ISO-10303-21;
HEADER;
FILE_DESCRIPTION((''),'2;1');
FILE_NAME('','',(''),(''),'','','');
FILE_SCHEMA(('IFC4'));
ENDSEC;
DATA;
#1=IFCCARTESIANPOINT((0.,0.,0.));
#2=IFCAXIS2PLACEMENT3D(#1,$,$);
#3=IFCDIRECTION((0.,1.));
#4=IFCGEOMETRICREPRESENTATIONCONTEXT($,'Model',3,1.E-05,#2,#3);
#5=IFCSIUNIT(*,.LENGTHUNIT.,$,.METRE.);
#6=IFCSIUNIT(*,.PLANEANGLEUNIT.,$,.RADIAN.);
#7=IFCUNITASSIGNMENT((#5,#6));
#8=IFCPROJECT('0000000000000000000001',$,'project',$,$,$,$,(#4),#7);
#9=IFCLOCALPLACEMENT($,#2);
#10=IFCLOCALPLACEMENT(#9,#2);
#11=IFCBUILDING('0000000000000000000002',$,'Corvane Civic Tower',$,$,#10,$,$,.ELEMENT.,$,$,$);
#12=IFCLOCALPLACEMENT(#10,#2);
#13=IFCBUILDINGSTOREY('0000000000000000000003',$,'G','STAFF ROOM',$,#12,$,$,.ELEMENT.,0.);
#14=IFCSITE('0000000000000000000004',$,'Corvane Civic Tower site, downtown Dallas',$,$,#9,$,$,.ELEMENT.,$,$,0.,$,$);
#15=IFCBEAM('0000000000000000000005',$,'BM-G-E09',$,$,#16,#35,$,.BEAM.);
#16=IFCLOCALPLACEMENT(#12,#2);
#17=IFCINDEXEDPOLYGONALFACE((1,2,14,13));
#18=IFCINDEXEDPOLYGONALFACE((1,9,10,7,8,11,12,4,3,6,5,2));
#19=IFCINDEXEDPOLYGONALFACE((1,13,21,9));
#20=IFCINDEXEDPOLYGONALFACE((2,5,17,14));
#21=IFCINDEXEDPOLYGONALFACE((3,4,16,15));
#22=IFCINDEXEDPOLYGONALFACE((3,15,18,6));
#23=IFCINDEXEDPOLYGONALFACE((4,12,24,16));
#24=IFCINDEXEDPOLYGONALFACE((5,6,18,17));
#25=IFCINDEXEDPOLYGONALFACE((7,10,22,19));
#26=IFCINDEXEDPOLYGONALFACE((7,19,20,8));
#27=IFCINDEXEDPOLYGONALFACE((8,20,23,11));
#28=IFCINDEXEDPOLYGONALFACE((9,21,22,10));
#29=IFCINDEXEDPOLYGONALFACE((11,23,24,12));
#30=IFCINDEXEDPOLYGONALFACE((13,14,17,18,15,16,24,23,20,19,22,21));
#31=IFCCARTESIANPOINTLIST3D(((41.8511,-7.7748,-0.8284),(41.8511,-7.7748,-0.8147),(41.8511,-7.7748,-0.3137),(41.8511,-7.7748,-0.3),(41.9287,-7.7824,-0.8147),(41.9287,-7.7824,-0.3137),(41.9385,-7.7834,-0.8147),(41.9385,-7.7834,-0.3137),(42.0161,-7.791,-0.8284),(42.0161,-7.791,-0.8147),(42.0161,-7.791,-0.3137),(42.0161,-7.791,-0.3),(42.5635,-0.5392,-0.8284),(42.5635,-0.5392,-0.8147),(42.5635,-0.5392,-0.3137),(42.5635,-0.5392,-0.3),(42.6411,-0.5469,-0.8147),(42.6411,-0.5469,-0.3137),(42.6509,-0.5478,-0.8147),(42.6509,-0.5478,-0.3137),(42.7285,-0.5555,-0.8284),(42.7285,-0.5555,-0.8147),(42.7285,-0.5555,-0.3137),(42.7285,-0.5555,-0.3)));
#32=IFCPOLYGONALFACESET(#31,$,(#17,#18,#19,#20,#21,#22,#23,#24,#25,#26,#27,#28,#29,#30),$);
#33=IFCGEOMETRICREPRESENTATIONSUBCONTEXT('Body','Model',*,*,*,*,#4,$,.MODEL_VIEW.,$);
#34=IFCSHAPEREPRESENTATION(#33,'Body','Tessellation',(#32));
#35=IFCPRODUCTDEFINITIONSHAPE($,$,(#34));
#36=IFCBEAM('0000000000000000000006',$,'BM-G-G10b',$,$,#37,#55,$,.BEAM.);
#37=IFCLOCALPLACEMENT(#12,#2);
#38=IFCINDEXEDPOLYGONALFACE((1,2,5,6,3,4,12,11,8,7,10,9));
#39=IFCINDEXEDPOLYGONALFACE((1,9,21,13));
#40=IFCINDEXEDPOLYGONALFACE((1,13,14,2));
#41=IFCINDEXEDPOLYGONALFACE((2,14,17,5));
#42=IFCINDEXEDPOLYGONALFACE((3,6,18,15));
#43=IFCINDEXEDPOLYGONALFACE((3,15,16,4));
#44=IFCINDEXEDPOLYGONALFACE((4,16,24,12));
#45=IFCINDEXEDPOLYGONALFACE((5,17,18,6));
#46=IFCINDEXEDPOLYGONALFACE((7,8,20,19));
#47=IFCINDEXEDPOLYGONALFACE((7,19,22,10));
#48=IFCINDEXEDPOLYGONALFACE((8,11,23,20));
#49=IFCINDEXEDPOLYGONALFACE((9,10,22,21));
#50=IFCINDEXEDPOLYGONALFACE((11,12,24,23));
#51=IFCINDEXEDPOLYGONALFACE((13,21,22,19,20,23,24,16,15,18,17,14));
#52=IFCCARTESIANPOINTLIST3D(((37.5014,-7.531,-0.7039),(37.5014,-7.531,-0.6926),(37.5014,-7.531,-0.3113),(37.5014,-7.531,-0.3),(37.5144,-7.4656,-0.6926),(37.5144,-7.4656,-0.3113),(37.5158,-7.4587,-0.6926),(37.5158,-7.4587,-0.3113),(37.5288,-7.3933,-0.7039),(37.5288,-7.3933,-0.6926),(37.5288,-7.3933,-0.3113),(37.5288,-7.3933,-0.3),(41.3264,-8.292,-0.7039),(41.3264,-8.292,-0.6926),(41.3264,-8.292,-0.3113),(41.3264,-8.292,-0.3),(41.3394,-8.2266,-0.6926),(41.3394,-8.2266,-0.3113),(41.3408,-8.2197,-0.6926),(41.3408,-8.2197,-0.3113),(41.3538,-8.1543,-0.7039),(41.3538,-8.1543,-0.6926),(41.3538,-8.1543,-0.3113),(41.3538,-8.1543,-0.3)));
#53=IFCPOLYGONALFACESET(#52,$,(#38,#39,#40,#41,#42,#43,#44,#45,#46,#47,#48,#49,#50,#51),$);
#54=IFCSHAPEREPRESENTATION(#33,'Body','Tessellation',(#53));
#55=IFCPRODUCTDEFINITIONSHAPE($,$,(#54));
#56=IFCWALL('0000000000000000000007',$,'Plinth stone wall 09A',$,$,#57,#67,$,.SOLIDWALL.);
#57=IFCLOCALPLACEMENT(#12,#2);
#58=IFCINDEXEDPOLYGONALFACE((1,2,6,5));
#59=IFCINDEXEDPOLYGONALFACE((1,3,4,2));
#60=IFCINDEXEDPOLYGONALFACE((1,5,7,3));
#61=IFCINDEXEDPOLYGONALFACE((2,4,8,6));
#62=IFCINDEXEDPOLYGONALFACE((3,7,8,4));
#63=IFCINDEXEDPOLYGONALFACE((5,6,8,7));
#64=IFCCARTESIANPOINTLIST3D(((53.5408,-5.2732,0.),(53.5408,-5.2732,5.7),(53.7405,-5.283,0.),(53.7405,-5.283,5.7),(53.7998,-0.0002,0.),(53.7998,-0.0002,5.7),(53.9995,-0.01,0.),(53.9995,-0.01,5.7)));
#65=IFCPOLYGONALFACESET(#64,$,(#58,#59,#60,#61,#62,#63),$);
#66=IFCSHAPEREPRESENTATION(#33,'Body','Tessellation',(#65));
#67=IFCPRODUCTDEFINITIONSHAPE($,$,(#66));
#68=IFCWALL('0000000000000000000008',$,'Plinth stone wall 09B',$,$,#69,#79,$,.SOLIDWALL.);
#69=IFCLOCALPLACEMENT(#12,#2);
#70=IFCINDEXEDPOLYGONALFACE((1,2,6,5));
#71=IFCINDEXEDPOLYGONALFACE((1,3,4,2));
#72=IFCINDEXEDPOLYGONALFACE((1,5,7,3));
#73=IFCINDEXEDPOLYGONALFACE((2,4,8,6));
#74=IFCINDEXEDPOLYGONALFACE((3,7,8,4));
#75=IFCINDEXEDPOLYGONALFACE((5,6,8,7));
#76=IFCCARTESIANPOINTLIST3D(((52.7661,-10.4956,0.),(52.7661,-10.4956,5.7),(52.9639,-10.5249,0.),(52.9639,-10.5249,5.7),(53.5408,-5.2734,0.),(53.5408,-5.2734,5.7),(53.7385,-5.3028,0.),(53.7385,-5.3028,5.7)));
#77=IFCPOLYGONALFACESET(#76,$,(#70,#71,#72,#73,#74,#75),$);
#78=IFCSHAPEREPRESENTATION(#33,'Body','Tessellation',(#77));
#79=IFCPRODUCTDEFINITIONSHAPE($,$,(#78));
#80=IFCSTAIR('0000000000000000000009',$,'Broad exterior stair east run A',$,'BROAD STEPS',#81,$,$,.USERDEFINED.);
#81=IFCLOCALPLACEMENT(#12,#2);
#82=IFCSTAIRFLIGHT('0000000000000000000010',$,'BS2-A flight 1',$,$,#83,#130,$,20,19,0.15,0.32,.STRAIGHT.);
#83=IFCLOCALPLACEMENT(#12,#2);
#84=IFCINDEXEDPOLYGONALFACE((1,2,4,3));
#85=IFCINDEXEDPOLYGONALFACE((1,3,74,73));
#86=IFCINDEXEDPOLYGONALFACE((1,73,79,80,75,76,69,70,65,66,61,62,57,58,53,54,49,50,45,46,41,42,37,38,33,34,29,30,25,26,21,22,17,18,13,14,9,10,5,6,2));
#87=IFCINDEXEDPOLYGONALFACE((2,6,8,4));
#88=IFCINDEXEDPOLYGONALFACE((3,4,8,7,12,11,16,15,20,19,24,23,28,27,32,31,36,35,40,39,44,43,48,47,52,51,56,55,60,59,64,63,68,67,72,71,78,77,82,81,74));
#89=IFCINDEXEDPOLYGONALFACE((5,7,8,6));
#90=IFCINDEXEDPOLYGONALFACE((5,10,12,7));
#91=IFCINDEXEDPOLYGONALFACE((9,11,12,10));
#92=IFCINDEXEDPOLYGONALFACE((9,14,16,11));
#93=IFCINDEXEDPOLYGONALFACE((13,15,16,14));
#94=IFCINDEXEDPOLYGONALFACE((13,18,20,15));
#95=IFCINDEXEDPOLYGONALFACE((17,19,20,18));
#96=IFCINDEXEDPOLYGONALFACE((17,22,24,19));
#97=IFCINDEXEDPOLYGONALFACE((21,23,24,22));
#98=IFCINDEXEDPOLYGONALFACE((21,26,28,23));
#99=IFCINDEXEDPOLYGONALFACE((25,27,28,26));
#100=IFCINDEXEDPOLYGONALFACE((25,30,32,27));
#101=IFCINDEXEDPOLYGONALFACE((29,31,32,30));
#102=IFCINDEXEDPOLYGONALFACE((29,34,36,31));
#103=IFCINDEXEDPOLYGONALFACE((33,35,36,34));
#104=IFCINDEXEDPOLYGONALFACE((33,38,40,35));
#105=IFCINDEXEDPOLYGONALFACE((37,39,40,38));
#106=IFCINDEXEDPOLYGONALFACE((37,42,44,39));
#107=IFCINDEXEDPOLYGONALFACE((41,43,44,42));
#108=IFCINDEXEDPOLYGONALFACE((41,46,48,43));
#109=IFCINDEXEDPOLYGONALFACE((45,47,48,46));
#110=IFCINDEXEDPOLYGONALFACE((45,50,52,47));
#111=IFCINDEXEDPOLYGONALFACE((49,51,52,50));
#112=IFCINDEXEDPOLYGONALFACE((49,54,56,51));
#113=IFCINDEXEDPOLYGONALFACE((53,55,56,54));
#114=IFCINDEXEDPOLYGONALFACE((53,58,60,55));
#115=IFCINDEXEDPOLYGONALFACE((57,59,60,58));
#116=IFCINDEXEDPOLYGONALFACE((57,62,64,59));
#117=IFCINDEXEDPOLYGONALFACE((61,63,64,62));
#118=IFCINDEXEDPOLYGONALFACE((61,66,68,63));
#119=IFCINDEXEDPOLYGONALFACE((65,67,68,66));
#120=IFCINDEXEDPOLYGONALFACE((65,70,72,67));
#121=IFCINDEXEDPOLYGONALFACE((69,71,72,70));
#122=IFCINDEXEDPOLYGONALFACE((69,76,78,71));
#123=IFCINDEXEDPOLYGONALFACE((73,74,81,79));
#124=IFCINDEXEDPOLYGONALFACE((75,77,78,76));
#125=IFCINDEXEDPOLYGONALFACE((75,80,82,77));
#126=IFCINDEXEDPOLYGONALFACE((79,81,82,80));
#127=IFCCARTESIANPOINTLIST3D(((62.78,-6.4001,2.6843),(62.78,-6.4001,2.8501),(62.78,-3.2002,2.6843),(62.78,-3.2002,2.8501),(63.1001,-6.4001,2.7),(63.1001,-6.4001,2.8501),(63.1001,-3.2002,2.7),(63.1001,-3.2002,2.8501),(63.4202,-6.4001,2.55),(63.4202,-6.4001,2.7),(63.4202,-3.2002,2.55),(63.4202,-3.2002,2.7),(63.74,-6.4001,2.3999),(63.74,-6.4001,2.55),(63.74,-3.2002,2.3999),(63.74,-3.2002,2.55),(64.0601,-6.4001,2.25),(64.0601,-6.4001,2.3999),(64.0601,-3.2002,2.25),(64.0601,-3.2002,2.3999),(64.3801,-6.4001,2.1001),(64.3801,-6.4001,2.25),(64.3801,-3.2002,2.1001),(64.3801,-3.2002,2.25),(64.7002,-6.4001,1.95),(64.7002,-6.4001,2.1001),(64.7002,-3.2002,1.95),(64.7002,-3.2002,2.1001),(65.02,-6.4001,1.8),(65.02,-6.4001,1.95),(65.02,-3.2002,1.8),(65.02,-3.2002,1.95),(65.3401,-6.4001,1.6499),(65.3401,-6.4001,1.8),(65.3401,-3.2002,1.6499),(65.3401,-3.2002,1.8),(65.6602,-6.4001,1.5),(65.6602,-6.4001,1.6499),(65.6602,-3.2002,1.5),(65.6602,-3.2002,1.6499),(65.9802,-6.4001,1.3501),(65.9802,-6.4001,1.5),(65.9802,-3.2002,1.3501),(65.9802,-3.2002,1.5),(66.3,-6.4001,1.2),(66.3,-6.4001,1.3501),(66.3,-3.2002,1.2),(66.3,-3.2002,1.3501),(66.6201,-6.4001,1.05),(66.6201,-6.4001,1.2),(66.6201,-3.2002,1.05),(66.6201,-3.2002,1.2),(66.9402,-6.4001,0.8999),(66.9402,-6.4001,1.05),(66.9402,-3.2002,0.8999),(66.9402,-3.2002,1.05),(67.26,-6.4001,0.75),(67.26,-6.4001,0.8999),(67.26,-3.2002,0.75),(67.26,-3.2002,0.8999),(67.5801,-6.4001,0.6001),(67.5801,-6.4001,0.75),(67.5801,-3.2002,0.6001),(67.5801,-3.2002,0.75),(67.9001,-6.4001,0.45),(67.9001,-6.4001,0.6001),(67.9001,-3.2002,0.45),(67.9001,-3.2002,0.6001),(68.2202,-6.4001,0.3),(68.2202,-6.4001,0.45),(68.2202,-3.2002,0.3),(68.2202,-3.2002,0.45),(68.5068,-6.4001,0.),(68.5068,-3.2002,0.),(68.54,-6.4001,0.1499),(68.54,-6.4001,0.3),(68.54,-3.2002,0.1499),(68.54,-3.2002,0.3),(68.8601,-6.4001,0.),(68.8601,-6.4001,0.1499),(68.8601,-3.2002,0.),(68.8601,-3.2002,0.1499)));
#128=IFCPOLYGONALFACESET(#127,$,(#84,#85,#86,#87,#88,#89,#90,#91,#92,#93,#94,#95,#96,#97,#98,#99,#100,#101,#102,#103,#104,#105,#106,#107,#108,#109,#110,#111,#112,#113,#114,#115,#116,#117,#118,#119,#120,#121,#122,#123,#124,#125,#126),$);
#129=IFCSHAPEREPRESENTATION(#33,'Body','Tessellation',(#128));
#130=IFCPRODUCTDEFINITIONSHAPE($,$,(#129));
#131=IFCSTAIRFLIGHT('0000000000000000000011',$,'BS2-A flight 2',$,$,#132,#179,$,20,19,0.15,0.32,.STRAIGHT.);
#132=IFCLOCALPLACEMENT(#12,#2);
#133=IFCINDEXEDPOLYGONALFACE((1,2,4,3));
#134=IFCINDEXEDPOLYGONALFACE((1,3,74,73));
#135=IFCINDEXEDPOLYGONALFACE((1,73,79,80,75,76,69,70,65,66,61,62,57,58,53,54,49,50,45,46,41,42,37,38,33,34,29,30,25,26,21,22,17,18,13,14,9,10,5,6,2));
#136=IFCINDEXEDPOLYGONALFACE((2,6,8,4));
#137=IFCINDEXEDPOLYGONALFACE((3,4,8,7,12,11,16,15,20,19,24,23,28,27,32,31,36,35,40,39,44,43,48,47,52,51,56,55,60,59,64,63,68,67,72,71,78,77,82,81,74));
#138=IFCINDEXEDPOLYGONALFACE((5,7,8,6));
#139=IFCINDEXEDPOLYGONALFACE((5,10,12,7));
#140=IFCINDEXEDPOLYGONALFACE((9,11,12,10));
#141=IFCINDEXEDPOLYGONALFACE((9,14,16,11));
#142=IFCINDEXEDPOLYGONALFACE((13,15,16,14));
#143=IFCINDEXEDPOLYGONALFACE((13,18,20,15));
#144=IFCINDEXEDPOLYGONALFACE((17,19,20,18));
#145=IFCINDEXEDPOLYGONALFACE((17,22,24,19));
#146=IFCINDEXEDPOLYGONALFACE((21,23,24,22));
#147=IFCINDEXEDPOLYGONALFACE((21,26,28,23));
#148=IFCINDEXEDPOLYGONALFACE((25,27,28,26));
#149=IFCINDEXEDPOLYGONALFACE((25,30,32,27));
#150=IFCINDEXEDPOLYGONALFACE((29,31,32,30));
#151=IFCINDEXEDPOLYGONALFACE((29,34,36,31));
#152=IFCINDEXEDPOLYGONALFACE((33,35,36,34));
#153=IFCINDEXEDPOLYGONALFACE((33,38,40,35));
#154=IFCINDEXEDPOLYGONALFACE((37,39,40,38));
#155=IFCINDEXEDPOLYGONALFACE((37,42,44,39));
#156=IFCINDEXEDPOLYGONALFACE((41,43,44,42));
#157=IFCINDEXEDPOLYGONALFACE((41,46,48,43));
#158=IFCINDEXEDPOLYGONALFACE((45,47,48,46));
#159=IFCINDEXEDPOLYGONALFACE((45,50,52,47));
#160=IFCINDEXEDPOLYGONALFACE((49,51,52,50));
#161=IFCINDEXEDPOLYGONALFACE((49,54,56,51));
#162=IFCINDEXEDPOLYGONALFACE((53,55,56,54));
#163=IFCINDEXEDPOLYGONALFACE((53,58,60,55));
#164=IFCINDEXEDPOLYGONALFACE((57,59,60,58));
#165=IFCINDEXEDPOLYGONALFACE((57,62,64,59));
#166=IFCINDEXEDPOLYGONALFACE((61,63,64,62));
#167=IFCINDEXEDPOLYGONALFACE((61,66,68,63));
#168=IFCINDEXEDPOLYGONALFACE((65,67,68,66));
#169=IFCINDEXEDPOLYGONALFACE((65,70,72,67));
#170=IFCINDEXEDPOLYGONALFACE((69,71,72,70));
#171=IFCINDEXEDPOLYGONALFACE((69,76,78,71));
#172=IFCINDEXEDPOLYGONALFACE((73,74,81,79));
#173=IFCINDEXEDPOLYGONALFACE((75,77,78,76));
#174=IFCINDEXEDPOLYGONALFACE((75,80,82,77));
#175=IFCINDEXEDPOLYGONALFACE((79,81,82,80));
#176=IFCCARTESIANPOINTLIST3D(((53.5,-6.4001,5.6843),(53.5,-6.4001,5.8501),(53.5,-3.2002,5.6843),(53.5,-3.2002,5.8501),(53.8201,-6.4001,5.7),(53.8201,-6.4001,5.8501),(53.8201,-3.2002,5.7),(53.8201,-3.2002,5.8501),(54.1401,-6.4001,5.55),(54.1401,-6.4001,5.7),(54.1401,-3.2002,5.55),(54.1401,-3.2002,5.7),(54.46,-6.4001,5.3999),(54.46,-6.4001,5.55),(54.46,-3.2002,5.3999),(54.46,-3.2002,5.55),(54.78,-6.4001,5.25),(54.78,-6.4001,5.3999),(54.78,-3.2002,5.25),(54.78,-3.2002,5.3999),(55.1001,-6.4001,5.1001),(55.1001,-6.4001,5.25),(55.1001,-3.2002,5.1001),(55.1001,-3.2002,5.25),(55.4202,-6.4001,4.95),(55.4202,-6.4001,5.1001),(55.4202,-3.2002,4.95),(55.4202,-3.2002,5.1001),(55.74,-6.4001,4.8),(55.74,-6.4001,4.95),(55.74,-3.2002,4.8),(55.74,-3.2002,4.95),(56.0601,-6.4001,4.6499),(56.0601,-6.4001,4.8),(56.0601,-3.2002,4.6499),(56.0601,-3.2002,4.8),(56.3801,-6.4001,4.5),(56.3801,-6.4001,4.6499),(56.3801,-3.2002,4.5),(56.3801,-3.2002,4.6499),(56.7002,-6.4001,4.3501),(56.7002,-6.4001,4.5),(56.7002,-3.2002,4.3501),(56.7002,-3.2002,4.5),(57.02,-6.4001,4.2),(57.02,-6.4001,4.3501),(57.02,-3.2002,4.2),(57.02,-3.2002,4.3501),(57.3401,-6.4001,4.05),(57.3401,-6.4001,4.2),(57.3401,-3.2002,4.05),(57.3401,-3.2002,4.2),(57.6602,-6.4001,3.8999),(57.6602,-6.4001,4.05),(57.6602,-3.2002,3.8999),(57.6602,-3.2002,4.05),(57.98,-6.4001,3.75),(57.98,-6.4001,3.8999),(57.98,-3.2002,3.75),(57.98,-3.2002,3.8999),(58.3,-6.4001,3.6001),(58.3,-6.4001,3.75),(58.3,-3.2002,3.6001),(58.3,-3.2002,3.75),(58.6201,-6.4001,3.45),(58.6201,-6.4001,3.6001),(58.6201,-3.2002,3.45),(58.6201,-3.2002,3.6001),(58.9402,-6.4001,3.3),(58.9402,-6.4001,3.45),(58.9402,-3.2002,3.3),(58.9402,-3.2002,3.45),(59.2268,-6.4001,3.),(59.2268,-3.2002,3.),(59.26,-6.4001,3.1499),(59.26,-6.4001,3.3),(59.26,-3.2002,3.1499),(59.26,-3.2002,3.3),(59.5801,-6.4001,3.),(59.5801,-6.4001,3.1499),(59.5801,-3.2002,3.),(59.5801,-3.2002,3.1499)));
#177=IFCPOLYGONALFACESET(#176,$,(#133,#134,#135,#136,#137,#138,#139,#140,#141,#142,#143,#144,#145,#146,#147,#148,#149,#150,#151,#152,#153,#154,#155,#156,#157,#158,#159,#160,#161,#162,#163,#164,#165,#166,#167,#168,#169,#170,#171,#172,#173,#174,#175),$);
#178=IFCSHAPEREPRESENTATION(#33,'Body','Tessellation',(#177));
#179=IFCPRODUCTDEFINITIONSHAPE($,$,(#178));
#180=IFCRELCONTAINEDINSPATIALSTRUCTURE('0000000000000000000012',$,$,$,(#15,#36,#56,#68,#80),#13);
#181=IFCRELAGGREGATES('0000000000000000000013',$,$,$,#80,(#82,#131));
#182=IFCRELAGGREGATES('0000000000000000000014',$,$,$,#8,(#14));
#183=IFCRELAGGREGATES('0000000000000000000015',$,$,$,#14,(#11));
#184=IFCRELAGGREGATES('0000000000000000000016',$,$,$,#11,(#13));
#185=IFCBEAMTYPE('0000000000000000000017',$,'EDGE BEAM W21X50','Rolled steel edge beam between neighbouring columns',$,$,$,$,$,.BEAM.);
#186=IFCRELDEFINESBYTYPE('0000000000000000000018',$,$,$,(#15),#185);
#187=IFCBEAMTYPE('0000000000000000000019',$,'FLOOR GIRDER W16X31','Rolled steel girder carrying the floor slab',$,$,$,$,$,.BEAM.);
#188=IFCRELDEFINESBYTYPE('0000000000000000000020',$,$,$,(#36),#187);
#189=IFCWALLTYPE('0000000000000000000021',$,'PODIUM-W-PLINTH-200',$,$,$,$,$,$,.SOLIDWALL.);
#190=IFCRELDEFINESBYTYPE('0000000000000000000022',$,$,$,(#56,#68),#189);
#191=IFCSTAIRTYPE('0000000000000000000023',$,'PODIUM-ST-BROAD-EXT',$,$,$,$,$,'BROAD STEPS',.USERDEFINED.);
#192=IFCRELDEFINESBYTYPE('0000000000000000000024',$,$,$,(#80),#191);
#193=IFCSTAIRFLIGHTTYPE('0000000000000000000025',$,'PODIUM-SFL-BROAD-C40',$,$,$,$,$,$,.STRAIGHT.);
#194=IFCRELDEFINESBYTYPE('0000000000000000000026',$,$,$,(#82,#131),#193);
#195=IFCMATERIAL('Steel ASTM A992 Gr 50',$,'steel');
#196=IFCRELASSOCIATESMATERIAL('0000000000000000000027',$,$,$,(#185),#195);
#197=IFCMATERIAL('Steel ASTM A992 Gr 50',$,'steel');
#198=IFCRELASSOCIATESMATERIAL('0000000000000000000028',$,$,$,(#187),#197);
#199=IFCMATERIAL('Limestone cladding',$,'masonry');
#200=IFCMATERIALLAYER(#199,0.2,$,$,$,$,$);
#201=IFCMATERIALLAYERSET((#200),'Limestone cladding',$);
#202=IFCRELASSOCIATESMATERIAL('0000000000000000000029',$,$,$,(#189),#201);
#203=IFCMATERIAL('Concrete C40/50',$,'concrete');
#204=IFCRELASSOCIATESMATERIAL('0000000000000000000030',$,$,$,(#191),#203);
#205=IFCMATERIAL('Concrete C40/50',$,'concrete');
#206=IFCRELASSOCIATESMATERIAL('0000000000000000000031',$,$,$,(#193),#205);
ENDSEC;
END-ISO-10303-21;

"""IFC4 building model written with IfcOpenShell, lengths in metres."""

from ifc_helpers import new_model, si_unit, direction, frame, frame_2d, origin, origin_2d, place, context, subcontext, project, spatial, polyline, rectangle, i_section, outline, extrude, material, layer, layer_set, material_profile, profile_set, type_object, element, aggregate, save


model = new_model("IFC4")

# Units and contexts
model_context = context("Model", 3, precision=1e-05, world=origin(), true_north=direction((0.0, 1.0)))
body_context = subcontext(model_context, "Body", "Model", "MODEL_VIEW")
ifc_project = project(units=[si_unit("LENGTHUNIT", "METRE"), si_unit("PLANEANGLEUNIT", "RADIAN")], contexts=[model_context])

# Site, building, storey
site_placement = place(None, origin())
site = spatial("IfcSite", under=ifc_project, at=site_placement, Name="Corvane Civic Tower site, downtown Dallas", CompositionType="ELEMENT", RefElevation=0.0)
building_placement = place(site_placement, origin())
building = spatial("IfcBuilding", under=site, at=building_placement, Name="Corvane Civic Tower", CompositionType="ELEMENT")
storey_placement = place(building_placement, origin())
storey = spatial("IfcBuildingStorey", under=building, at=storey_placement, Name="G", Description="STAFF ROOM", CompositionType="ELEMENT", Elevation=0.0)

# Beams
ifc_material_1 = material(Name="Steel ASTM A992 Gr 50", Category="steel")
ifc_material_profile_1 = material_profile(ifc_material_1, i_section(OverallWidth=0.1658, OverallDepth=0.5283, WebThickness=0.0098, FlangeThickness=0.0137, at=origin_2d()), Name="W21X50")
ifc_profile_set_1 = profile_set([ifc_material_profile_1], Name="Steel ASTM A992 Gr 50")
beam_type_1 = type_object("IfcBeamType", Name="EDGE BEAM W21X50", Description="Rolled steel edge beam between neighbouring columns", PredefinedType="BEAM", material=ifc_profile_set_1)
beam_1_placement = place(storey_placement, frame((42.646, -0.5474, -0.5642), z_axis=(-0.097984, -0.995188, 0.0), x_axis=(0.995188, -0.097984, 0.0)))
element("IfcBeam", 1, at=beam_1_placement, inside=storey, type_object=beam_type_1, Name="BM-G-E09", PredefinedType="BEAM", context=body_context, shape_type="SweptSolid", body=[
    extrude(i_section(OverallWidth=0.1658, OverallDepth=0.5283, WebThickness=0.0098, FlangeThickness=0.0137, at=origin_2d()), origin(), (0.0, 0.0, 1.0), 7.2705),
])
ifc_material_2 = material(Name="Steel ASTM A992 Gr 50", Category="steel")
ifc_material_profile_2 = material_profile(ifc_material_2, i_section(OverallWidth=0.1404, OverallDepth=0.4038, WebThickness=0.0071, FlangeThickness=0.0112, at=origin_2d()), Name="W16X31")
ifc_profile_set_2 = profile_set([ifc_material_profile_2], Name="Steel ASTM A992 Gr 50")
beam_type_2 = type_object("IfcBeamType", Name="FLOOR GIRDER W16X31", Description="Rolled steel girder carrying the floor slab", PredefinedType="BEAM", material=ifc_profile_set_2)
beam_2_placement = place(storey_placement, frame((37.5151, -7.4622, -0.502), z_axis=(0.980778, -0.195129, 0.0), x_axis=(0.195129, 0.980778, 0.0)))
element("IfcBeam", 2, at=beam_2_placement, inside=storey, type_object=beam_type_2, Name="BM-G-G10b", PredefinedType="BEAM", context=body_context, shape_type="SweptSolid", body=[
    extrude(i_section(OverallWidth=0.1404, OverallDepth=0.4038, WebThickness=0.0071, FlangeThickness=0.0112, at=origin_2d()), origin(), (0.0, 0.0, 1.0), 3.8999),
])

# Walls
ifc_material_3 = material(Name="Limestone cladding", Category="masonry")
ifc_layer = layer(ifc_material_3, 0.2)
ifc_layer_set = layer_set([ifc_layer], Name="Limestone cladding")
wall_type = type_object("IfcWallType", Name="PODIUM-W-PLINTH-200", PredefinedType="SOLIDWALL", material=ifc_layer_set)
for number, where, z_axis, x_axis, name in (
    (3, (53.8997, -0.0051, 0.0), (0.0, 0.0, 1.0), (-0.049066, -0.998796, 0.0), "Plinth stone wall 09A"),
    (4, (53.6396, -5.2881, 0.0), (0.0, 0.0, 1.0), (-0.146735, -0.989176, 0.0), "Plinth stone wall 09B"),
):
    element("IfcWall", number, at=place(storey_placement, frame(where, z_axis=z_axis, x_axis=x_axis)), inside=storey, type_object=wall_type, Name=name, PredefinedType="SOLIDWALL", context=body_context, shape_type="SweptSolid", body=[
        extrude(rectangle(XDim=5.2793, YDim=0.2, at=frame_2d((2.6396, 0.0))), origin(), (0.0, 0.0, 1.0), 5.7),
    ])

# Stair, stair flights
ifc_material_4 = material(Name="Concrete C40/50", Category="concrete")
stair_type = type_object("IfcStairType", Name="PODIUM-ST-BROAD-EXT", ElementType="BROAD STEPS", PredefinedType="USERDEFINED", material=ifc_material_4)
stair_1_placement = place(storey_placement, origin())
stair_1 = element("IfcStair", 5, at=stair_1_placement, inside=storey, type_object=stair_type, Name="Broad exterior stair east run A", ObjectType="BROAD STEPS", PredefinedType="USERDEFINED")
ifc_material_5 = material(Name="Concrete C40/50", Category="concrete")
stair_flight_type = type_object("IfcStairFlightType", Name="PODIUM-SFL-BROAD-C40", PredefinedType="STRAIGHT", material=ifc_material_5)
stair_flight_1_placement = place(storey_placement, frame((68.8601, -4.8, 0.0), z_axis=(0.0, 0.0, 1.0), x_axis=(-1.0, 0.0, 0.0)))
stair_flight_1 = element("IfcStairFlight", 6, at=stair_flight_1_placement, type_object=stair_flight_type, Name="BS2-A flight 1", NumberOfRisers=20, NumberOfTreads=19, PredefinedType="STRAIGHT", RiserHeight=0.15, TreadLength=0.32, context=body_context, shape_type="SweptSolid", body=[
    extrude(outline(polyline([(0.0, 0.0), (0.0, 0.1499), (0.3201, 0.1499), (0.3201, 0.3), (0.6399, 0.3), (0.6399, 0.45), (0.96, 0.45), (0.96, 0.6001), (1.28, 0.6001), (1.28, 0.75), (1.6001, 0.75), (1.6001, 0.8999), (1.9199, 0.8999), (1.9199, 1.05), (2.24, 1.05), (2.24, 1.2), (2.5601, 1.2), (2.5601, 1.3501), (2.8799, 1.3501), (2.8799, 1.5), (3.2, 1.5), (3.2, 1.6499), (3.52, 1.6499), (3.52, 1.8), (3.8401, 1.8), (3.8401, 1.95), (4.1599, 1.95), (4.1599, 2.1001), (4.48, 2.1001), (4.48, 2.25), (4.8, 2.25), (4.8, 2.3999), (5.1201, 2.3999), (5.1201, 2.55), (5.4399, 2.55), (5.4399, 2.7), (5.76, 2.7), (5.76, 2.8501), (6.0801, 2.8501), (6.0801, 3.0), (6.0801, 2.6843), (0.3533, 0.0), (0.0, 0.0)])), frame((0.0, 1.6001, 0.0), z_axis=(0.0, -1.0, 0.0), x_axis=(1.0, 0.0, 0.0)), (0.0, 0.0, 1.0), 3.2),
])
stair_flight_2_placement = place(storey_placement, frame((59.5801, -4.8, 3.0), z_axis=(0.0, 0.0, 1.0), x_axis=(-1.0, 0.0, 0.0)))
stair_flight_2 = element("IfcStairFlight", 7, at=stair_flight_2_placement, type_object=stair_flight_type, Name="BS2-A flight 2", NumberOfRisers=20, NumberOfTreads=19, PredefinedType="STRAIGHT", RiserHeight=0.15, TreadLength=0.32, context=body_context, shape_type="SweptSolid", body=[
    extrude(outline(polyline([(0.0, 0.0), (0.0, 0.1499), (0.3201, 0.1499), (0.3201, 0.3), (0.6399, 0.3), (0.6399, 0.45), (0.96, 0.45), (0.96, 0.6001), (1.28, 0.6001), (1.28, 0.75), (1.6001, 0.75), (1.6001, 0.8999), (1.9199, 0.8999), (1.9199, 1.05), (2.24, 1.05), (2.24, 1.2), (2.5601, 1.2), (2.5601, 1.3501), (2.8799, 1.3501), (2.8799, 1.5), (3.2, 1.5), (3.2, 1.6499), (3.52, 1.6499), (3.52, 1.8), (3.8401, 1.8), (3.8401, 1.95), (4.1599, 1.95), (4.1599, 2.1001), (4.48, 2.1001), (4.48, 2.25), (4.8, 2.25), (4.8, 2.3999), (5.1201, 2.3999), (5.1201, 2.55), (5.4399, 2.55), (5.4399, 2.7), (5.76, 2.7), (5.76, 2.8501), (6.0801, 2.8501), (6.0801, 3.0), (6.0801, 2.6843), (0.3533, 0.0), (0.0, 0.0)])), frame((0.0, 1.6001, 0.0), z_axis=(0.0, -1.0, 0.0), x_axis=(1.0, 0.0, 0.0)), (0.0, 0.0, 1.0), 3.2),
])
aggregate(stair_1, [stair_flight_1, stair_flight_2])

save(model, "model.ifc")
